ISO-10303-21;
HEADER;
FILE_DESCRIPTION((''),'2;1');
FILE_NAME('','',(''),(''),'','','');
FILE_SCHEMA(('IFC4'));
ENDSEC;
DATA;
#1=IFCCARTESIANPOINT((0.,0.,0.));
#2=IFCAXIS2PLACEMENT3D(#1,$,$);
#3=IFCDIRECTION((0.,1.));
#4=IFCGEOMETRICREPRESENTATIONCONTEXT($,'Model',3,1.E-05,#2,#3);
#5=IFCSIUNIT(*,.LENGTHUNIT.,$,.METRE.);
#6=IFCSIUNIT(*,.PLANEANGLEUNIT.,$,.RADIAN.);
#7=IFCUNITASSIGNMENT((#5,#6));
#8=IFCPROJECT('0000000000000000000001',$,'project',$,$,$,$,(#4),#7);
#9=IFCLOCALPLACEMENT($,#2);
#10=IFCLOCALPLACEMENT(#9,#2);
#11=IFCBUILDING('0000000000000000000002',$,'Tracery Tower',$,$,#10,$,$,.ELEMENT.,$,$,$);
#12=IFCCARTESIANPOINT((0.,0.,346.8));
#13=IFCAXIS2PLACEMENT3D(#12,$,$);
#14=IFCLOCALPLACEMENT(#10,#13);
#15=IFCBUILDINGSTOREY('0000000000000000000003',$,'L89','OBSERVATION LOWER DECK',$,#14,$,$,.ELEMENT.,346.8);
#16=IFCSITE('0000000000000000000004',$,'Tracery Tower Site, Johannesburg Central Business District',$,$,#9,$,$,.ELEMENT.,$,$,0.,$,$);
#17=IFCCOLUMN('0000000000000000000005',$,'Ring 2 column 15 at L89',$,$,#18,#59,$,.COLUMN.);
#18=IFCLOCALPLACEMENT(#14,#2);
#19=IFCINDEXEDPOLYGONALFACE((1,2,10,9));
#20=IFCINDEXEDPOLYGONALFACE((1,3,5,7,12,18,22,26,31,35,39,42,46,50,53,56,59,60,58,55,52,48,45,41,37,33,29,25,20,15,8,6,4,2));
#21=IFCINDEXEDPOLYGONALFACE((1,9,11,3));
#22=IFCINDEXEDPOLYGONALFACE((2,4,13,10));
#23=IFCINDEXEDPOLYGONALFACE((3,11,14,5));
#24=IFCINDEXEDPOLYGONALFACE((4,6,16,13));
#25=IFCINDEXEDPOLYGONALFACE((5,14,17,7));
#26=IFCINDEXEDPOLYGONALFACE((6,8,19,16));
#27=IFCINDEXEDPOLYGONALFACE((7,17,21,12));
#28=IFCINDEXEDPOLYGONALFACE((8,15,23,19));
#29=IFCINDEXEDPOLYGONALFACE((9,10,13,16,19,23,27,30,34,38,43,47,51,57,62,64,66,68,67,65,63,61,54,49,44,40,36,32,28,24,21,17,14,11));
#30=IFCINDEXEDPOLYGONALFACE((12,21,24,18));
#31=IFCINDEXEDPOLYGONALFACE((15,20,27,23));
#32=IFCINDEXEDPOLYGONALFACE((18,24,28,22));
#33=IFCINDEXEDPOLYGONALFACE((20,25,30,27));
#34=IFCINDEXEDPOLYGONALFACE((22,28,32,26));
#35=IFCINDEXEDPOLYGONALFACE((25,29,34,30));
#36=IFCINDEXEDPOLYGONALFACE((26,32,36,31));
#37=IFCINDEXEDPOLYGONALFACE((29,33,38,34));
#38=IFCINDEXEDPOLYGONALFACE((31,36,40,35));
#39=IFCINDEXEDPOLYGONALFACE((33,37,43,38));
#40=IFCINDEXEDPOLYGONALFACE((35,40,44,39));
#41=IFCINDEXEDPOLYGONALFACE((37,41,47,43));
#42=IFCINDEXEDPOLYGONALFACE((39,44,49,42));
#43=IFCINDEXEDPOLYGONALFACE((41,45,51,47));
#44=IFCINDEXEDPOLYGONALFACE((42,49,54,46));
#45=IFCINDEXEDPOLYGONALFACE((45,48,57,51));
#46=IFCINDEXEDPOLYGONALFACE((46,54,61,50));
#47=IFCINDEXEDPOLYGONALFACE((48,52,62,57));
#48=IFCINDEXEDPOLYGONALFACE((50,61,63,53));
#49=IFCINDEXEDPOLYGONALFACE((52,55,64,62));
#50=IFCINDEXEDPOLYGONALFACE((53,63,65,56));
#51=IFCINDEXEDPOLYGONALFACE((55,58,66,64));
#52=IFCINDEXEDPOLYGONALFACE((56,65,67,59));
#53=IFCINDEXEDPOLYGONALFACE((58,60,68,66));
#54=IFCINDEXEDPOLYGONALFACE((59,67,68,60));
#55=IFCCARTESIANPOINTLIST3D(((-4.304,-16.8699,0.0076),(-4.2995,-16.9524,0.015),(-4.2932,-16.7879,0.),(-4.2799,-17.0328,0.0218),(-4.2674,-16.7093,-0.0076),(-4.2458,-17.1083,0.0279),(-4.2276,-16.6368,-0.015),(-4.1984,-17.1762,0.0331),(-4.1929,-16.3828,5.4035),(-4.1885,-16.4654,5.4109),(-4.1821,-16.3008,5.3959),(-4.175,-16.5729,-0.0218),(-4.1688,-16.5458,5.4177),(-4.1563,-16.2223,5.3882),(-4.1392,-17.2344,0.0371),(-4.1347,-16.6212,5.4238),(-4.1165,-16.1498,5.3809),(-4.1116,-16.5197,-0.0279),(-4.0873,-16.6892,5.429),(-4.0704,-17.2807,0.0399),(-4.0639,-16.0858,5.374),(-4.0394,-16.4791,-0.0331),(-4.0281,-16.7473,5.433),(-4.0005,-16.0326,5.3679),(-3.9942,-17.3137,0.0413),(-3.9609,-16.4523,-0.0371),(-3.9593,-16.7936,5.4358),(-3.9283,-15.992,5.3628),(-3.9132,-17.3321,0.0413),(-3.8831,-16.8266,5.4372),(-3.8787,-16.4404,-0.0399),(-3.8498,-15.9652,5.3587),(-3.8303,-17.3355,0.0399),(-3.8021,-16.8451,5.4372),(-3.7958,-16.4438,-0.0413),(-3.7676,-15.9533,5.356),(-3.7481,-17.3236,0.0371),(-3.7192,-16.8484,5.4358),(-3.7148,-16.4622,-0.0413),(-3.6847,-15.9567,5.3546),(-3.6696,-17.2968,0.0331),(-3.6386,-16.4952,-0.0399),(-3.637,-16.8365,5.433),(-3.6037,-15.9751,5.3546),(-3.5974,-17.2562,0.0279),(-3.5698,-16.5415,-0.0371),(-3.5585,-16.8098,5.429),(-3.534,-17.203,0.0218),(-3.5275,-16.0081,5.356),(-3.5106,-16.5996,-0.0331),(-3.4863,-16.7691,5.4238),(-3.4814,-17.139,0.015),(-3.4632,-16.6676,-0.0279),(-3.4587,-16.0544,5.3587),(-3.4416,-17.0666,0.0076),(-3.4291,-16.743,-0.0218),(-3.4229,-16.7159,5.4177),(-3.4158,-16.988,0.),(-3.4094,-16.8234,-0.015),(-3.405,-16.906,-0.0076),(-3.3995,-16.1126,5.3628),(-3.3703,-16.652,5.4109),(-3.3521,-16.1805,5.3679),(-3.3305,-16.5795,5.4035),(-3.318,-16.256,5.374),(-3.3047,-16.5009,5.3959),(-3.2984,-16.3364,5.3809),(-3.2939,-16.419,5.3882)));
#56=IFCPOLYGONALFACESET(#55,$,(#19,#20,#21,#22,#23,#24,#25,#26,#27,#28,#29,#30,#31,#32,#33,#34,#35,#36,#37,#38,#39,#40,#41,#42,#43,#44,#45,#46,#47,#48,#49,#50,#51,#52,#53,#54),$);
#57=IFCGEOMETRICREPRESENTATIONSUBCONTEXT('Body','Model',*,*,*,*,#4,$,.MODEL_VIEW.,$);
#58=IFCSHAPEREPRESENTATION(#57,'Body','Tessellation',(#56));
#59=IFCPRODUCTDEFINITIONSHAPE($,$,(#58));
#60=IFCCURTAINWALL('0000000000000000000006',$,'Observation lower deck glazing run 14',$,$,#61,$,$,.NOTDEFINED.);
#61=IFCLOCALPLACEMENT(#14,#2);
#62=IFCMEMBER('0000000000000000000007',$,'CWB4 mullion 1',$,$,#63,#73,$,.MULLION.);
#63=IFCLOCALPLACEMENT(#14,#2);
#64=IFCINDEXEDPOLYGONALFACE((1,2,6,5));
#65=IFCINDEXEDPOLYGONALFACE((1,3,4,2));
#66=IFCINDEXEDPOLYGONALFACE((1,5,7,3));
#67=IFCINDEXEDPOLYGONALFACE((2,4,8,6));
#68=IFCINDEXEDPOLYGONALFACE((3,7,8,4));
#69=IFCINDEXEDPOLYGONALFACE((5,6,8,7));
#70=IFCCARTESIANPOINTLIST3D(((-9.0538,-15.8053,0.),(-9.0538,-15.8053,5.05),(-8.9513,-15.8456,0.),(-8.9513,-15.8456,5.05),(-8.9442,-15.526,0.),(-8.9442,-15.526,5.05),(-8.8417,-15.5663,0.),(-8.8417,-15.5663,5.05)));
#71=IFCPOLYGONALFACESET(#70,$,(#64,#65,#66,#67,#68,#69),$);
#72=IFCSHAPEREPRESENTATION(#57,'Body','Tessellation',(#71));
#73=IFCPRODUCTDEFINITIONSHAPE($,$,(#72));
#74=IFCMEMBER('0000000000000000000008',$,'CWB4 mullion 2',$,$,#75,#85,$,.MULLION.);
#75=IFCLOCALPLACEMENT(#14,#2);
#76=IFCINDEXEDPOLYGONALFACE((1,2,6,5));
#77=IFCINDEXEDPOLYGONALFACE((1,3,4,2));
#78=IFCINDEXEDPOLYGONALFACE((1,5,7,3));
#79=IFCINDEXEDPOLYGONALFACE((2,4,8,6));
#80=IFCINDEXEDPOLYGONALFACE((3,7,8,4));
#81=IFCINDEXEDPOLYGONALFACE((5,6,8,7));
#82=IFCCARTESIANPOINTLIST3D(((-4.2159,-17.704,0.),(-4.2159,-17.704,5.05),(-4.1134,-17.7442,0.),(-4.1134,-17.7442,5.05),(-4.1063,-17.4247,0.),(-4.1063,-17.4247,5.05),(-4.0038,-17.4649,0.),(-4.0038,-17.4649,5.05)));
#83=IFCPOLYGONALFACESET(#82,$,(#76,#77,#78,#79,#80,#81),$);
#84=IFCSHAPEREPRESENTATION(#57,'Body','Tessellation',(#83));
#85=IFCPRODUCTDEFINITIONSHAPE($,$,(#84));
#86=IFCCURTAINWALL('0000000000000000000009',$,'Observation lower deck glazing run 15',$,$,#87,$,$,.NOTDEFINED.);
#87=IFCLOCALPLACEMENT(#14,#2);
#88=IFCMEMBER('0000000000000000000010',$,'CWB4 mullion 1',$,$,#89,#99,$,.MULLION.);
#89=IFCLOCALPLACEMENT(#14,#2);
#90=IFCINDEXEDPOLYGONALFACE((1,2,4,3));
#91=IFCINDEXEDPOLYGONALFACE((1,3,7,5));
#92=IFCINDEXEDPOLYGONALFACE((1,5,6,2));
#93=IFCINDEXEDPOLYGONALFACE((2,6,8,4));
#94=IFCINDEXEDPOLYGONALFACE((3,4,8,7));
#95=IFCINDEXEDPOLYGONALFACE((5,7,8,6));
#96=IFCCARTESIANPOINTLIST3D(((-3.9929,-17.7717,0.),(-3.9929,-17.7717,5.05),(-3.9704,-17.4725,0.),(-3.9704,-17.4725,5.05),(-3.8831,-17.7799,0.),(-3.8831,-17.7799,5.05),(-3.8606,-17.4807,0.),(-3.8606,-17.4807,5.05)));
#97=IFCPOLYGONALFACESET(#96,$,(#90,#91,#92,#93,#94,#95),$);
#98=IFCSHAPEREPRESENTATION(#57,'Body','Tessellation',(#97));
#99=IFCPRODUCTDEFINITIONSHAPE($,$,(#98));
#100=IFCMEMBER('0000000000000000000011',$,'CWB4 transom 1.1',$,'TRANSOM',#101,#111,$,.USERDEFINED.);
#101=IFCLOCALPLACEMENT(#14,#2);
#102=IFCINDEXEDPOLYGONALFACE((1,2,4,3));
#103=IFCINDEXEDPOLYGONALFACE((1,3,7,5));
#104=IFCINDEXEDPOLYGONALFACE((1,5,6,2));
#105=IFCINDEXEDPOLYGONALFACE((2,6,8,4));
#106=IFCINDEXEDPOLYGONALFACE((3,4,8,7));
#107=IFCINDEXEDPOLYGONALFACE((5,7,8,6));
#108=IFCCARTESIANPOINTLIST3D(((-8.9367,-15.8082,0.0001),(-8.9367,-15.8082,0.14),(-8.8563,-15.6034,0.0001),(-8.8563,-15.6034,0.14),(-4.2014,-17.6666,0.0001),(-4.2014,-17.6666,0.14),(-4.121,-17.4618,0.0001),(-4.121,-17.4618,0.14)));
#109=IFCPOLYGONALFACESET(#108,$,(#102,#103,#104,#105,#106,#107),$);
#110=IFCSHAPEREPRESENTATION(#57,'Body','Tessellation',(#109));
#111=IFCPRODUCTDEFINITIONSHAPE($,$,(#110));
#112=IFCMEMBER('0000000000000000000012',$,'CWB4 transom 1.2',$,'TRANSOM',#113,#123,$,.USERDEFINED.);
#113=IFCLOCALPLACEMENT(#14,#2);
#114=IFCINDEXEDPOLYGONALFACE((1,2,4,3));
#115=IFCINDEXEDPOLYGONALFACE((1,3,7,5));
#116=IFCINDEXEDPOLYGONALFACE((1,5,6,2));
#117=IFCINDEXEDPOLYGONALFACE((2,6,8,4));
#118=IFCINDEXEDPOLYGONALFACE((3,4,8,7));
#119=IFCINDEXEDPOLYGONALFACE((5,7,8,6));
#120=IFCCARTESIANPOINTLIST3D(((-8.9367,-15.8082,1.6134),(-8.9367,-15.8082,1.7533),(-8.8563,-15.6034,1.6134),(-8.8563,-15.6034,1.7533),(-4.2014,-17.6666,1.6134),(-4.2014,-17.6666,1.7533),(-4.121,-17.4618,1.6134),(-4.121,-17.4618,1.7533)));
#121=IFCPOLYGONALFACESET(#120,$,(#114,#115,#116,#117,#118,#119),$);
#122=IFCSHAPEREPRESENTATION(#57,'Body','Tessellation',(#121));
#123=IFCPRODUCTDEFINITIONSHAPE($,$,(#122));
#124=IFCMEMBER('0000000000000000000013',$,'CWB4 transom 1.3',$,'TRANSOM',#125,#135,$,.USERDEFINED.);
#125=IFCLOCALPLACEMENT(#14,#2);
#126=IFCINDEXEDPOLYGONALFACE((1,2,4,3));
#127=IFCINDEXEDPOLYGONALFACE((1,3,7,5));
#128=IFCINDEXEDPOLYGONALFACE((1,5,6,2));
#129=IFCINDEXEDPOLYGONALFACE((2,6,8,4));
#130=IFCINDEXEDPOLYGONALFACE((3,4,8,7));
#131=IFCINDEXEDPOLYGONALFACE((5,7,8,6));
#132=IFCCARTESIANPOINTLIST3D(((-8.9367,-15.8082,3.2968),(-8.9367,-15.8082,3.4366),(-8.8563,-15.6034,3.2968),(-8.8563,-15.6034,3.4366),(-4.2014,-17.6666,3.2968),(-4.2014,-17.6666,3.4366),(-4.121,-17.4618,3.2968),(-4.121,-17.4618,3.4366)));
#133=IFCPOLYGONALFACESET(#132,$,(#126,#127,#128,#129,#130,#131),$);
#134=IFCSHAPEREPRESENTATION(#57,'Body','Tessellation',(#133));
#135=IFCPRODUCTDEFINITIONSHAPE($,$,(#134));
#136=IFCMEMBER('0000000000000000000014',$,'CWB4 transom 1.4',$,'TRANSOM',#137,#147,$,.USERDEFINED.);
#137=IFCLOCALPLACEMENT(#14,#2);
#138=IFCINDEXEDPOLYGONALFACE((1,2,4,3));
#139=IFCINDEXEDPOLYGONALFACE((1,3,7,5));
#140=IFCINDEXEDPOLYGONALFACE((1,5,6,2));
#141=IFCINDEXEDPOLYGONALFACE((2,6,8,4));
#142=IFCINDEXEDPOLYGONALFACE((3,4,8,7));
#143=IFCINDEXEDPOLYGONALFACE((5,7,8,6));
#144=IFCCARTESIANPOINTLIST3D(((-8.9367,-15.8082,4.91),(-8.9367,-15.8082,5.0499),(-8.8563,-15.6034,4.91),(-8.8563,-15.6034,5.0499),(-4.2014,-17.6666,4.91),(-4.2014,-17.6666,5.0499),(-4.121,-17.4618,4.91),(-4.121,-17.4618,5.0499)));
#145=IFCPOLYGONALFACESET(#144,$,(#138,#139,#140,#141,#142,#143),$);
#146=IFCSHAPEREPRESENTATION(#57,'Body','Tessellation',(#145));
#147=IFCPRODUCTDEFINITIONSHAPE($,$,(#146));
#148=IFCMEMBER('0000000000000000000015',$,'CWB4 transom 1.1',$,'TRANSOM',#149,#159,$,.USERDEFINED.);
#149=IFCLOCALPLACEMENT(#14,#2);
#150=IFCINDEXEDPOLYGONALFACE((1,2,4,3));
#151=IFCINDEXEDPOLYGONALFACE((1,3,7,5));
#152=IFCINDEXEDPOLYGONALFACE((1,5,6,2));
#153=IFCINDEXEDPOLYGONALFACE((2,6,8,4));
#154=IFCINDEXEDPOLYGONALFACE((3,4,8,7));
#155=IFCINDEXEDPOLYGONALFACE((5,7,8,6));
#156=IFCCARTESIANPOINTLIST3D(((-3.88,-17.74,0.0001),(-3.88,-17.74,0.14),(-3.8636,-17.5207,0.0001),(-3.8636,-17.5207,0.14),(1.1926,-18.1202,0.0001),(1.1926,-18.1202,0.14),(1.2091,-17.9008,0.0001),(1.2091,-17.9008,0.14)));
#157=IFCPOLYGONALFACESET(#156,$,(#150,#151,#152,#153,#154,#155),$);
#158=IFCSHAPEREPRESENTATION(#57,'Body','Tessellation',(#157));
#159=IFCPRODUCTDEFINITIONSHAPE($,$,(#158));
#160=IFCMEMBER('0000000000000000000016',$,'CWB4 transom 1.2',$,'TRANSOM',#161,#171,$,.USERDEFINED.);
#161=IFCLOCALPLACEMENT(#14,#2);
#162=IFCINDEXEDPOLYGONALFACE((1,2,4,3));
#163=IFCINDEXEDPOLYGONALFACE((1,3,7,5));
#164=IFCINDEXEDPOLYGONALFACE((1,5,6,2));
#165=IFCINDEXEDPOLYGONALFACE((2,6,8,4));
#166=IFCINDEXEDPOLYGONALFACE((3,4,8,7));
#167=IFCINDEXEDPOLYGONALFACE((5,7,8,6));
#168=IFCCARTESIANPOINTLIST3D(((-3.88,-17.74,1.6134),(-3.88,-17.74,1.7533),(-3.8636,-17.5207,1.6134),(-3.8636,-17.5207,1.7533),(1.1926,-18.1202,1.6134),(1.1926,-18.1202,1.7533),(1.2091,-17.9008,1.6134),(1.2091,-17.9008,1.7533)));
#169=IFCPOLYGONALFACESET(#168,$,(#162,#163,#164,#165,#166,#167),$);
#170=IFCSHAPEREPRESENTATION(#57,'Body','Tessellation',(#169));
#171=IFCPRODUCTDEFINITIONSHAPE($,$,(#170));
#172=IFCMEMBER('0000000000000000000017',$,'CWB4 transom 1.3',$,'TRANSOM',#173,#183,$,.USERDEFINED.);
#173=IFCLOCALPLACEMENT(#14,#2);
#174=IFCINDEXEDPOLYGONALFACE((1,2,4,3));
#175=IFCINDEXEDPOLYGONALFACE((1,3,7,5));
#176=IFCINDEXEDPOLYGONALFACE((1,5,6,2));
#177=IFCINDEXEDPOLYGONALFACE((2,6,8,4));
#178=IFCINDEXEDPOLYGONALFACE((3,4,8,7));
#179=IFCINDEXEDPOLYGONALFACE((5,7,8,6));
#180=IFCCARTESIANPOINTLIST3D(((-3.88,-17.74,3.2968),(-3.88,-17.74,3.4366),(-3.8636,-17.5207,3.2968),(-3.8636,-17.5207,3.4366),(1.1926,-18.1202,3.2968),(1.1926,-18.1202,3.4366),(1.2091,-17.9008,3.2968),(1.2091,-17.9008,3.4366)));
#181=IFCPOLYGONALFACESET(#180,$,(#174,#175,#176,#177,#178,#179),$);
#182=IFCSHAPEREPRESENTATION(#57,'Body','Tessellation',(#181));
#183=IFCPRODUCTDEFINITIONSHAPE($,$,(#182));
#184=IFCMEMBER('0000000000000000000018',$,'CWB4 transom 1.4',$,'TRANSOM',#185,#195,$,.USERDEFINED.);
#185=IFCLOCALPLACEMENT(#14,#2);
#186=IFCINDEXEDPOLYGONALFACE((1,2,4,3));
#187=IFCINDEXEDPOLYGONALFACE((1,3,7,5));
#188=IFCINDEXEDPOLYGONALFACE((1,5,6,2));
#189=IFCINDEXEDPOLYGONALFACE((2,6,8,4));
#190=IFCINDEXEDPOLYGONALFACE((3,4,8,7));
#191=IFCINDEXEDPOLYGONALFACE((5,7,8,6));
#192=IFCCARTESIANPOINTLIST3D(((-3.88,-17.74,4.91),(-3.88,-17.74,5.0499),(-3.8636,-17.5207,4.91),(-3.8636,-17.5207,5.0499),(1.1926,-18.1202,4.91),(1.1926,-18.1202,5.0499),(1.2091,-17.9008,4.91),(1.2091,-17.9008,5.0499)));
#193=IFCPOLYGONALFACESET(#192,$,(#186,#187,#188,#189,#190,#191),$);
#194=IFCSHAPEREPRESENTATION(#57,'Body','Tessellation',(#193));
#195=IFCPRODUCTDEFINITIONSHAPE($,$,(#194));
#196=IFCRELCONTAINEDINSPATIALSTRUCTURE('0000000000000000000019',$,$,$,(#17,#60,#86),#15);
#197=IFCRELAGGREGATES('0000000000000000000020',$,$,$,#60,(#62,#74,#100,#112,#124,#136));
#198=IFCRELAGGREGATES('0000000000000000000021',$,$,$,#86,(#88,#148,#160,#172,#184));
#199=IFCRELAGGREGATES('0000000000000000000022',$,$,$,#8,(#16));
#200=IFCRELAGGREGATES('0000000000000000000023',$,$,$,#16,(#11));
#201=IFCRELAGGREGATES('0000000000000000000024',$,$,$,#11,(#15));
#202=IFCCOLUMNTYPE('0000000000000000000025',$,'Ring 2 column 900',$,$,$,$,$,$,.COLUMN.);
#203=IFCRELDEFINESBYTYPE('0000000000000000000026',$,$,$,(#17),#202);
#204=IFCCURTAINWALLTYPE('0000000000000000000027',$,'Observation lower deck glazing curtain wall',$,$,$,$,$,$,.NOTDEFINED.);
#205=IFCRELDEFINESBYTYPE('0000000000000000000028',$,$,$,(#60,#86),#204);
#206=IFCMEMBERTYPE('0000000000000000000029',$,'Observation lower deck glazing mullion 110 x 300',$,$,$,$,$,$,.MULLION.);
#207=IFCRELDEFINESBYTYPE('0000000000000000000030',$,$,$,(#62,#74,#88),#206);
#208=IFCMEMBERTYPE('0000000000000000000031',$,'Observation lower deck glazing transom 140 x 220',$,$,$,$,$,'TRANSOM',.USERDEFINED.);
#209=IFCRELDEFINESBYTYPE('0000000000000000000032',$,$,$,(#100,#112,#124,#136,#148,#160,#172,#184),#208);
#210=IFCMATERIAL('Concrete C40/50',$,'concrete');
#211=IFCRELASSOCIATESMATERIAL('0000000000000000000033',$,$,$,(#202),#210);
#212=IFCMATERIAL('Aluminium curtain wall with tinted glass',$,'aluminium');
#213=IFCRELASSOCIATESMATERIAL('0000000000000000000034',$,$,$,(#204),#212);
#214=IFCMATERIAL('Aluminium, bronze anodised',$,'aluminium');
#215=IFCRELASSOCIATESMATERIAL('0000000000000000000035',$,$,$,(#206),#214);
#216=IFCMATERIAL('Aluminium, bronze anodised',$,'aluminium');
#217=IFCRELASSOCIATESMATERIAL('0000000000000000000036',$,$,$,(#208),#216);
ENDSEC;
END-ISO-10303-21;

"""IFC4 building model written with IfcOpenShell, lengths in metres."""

from ifc_helpers import new_model, si_unit, direction, frame, origin, origin_2d, place, context, subcontext, project, spatial, rectangle, circle, extrude, material, material_profile, profile_set, type_object, element, aggregate, save


model = new_model("IFC4")

# Units and contexts
model_context = context("Model", 3, precision=1e-05, world=origin(), true_north=direction((0.0, 1.0)))
body_context = subcontext(model_context, "Body", "Model", "MODEL_VIEW")
ifc_project = project(units=[si_unit("LENGTHUNIT", "METRE"), si_unit("PLANEANGLEUNIT", "RADIAN")], contexts=[model_context])

# Site, building, storey
site_placement = place(None, origin())
site = spatial("IfcSite", under=ifc_project, at=site_placement, Name="Tracery Tower Site, Johannesburg Central Business District", CompositionType="ELEMENT", RefElevation=0.0)
building_placement = place(site_placement, origin())
building = spatial("IfcBuilding", under=site, at=building_placement, Name="Tracery Tower", CompositionType="ELEMENT")
storey_placement = place(building_placement, frame((0.0, 0.0, 346.8)))
storey = spatial("IfcBuildingStorey", under=building, at=storey_placement, Name="L89", Description="OBSERVATION LOWER DECK", CompositionType="ELEMENT", Elevation=346.8)

# Column
ifc_material_1 = material(Name="Concrete C40/50", Category="concrete")
ifc_material_profile_1 = material_profile(ifc_material_1, circle(Radius=0.45, at=origin_2d()), Name="RC D900")
ifc_profile_set_1 = profile_set([ifc_material_profile_1], Name="Concrete C40/50")
column_type = type_object("IfcColumnType", Name="Ring 2 column 900", PredefinedType="COLUMN", material=ifc_profile_set_1)
column_placement = place(storey_placement, frame((-3.8545, -16.8879, 0.0), z_axis=(0.0205, 0.089883, 0.995741), x_axis=(-0.974965, 0.22236, 0.0)))
element("IfcColumn", 1, at=column_placement, inside=storey, type_object=column_type, Name="Ring 2 column 15 at L89", PredefinedType="COLUMN", context=body_context, shape_type="SweptSolid", body=[
    extrude(circle(Radius=0.45, at=origin_2d()), origin(), (0.0, 0.0, 1.0), 5.4189),
])

# Curtain wall, members
ifc_material_2 = material(Name="Aluminium curtain wall with tinted glass", Category="aluminium")
curtain_wall_type = type_object("IfcCurtainWallType", Name="Observation lower deck glazing curtain wall", PredefinedType="NOTDEFINED", material=ifc_material_2)
curtain_wall_1_placement = place(storey_placement, origin())
curtain_wall_1 = element("IfcCurtainWall", 2, at=curtain_wall_1_placement, inside=storey, type_object=curtain_wall_type, Name="Observation lower deck glazing run 14", PredefinedType="NOTDEFINED")
ifc_material_3 = material(Name="Aluminium, bronze anodised", Category="aluminium")
ifc_material_profile_2 = material_profile(ifc_material_3, rectangle(XDim=0.3, YDim=0.1101, at=origin_2d()), Name="Observation lower deck glazing mullion 110 x 300")
ifc_profile_set_2 = profile_set([ifc_material_profile_2], Name="Aluminium, bronze anodised")
member_type_1 = type_object("IfcMemberType", Name="Observation lower deck glazing mullion 110 x 300", PredefinedType="MULLION", material=ifc_profile_set_2)
member_1_placement = place(storey_placement, frame((-8.9478, -15.6858, 0.0), z_axis=(0.0, 0.0, 1.0), x_axis=(0.365343, 0.930873, 0.0)))
member_1 = element("IfcMember", 3, at=member_1_placement, type_object=member_type_1, Name="CWB4 mullion 1", PredefinedType="MULLION", context=body_context, shape_type="SweptSolid", body=[
    extrude(rectangle(XDim=0.3, YDim=0.1101, at=origin_2d()), origin(), (0.0, 0.0, 1.0), 5.05),
])
member_2_placement = place(storey_placement, frame((-4.1099, -17.5845, 0.0), z_axis=(0.0, 0.0, 1.0), x_axis=(0.365343, 0.930873, 0.0)))
member_2 = element("IfcMember", 4, at=member_2_placement, type_object=member_type_1, Name="CWB4 mullion 2", PredefinedType="MULLION", context=body_context, shape_type="SweptSolid", body=[
    extrude(rectangle(XDim=0.3, YDim=0.1101, at=origin_2d()), origin(), (0.0, 0.0, 1.0), 5.05),
])

# Curtain wall, member
curtain_wall_2_placement = place(storey_placement, origin())
curtain_wall_2 = element("IfcCurtainWall", 5, at=curtain_wall_2_placement, inside=storey, type_object=curtain_wall_type, Name="Observation lower deck glazing run 15", PredefinedType="NOTDEFINED")
member_3_placement = place(storey_placement, frame((-3.9268, -17.6262, 0.0), z_axis=(0.0, 0.0, 1.0), x_axis=(0.074731, 0.997204, 0.0)))
member_3 = element("IfcMember", 6, at=member_3_placement, type_object=member_type_1, Name="CWB4 mullion 1", PredefinedType="MULLION", context=body_context, shape_type="SweptSolid", body=[
    extrude(rectangle(XDim=0.3, YDim=0.1101, at=origin_2d()), origin(), (0.0, 0.0, 1.0), 5.05),
])

# Members
ifc_material_4 = material(Name="Aluminium, bronze anodised", Category="aluminium")
ifc_material_profile_3 = material_profile(ifc_material_4, rectangle(XDim=0.22, YDim=0.1399, at=origin_2d()), Name="Observation lower deck glazing transom 140 x 220")
ifc_profile_set_3 = profile_set([ifc_material_profile_3], Name="Aluminium, bronze anodised")
member_type_2 = type_object("IfcMemberType", Name="Observation lower deck glazing transom 140 x 220", ElementType="TRANSOM", PredefinedType="USERDEFINED", material=ifc_profile_set_3)
member_4_placement = place(storey_placement, frame((-8.8965, -15.7058, 0.0701), z_axis=(0.93088, -0.365326, 0.0), x_axis=(0.365326, 0.93088, 0.0)))
member_4 = element("IfcMember", 7, at=member_4_placement, type_object=member_type_2, Name="CWB4 transom 1.1", ObjectType="TRANSOM", PredefinedType="USERDEFINED", context=body_context, shape_type="SweptSolid", body=[
    extrude(rectangle(XDim=0.22, YDim=0.1399, at=origin_2d()), origin(), (0.0, 0.0, 1.0), 5.0869),
])
member_5_placement = place(storey_placement, frame((-8.8965, -15.7058, 1.6833), z_axis=(0.93088, -0.365326, 0.0), x_axis=(0.365326, 0.93088, 0.0)))
member_5 = element("IfcMember", 8, at=member_5_placement, type_object=member_type_2, Name="CWB4 transom 1.2", ObjectType="TRANSOM", PredefinedType="USERDEFINED", context=body_context, shape_type="SweptSolid", body=[
    extrude(rectangle(XDim=0.22, YDim=0.1399, at=origin_2d()), origin(), (0.0, 0.0, 1.0), 5.0869),
])
member_6_placement = place(storey_placement, frame((-8.8965, -15.7058, 3.3667), z_axis=(0.93088, -0.365326, 0.0), x_axis=(0.365326, 0.93088, 0.0)))
member_6 = element("IfcMember", 9, at=member_6_placement, type_object=member_type_2, Name="CWB4 transom 1.3", ObjectType="TRANSOM", PredefinedType="USERDEFINED", context=body_context, shape_type="SweptSolid", body=[
    extrude(rectangle(XDim=0.22, YDim=0.1399, at=origin_2d()), origin(), (0.0, 0.0, 1.0), 5.0869),
])
member_7_placement = place(storey_placement, frame((-8.8965, -15.7058, 4.98), z_axis=(0.93088, -0.365326, 0.0), x_axis=(0.365326, 0.93088, 0.0)))
member_7 = element("IfcMember", 10, at=member_7_placement, type_object=member_type_2, Name="CWB4 transom 1.4", ObjectType="TRANSOM", PredefinedType="USERDEFINED", context=body_context, shape_type="SweptSolid", body=[
    extrude(rectangle(XDim=0.22, YDim=0.1399, at=origin_2d()), origin(), (0.0, 0.0, 1.0), 5.0869),
])
member_8_placement = place(storey_placement, frame((-3.8718, -17.6304, 0.0701), z_axis=(0.997204, -0.074726, 0.0), x_axis=(0.074726, 0.997204, 0.0)))
member_8 = element("IfcMember", 11, at=member_8_placement, type_object=member_type_2, Name="CWB4 transom 1.1", ObjectType="TRANSOM", PredefinedType="USERDEFINED", context=body_context, shape_type="SweptSolid", body=[
    extrude(rectangle(XDim=0.22, YDim=0.1399, at=origin_2d()), origin(), (0.0, 0.0, 1.0), 5.0869),
])
member_9_placement = place(storey_placement, frame((-3.8718, -17.6304, 1.6833), z_axis=(0.997204, -0.074726, 0.0), x_axis=(0.074726, 0.997204, 0.0)))
member_9 = element("IfcMember", 12, at=member_9_placement, type_object=member_type_2, Name="CWB4 transom 1.2", ObjectType="TRANSOM", PredefinedType="USERDEFINED", context=body_context, shape_type="SweptSolid", body=[
    extrude(rectangle(XDim=0.22, YDim=0.1399, at=origin_2d()), origin(), (0.0, 0.0, 1.0), 5.0869),
])
member_10_placement = place(storey_placement, frame((-3.8718, -17.6304, 3.3667), z_axis=(0.997204, -0.074726, 0.0), x_axis=(0.074726, 0.997204, 0.0)))
member_10 = element("IfcMember", 13, at=member_10_placement, type_object=member_type_2, Name="CWB4 transom 1.3", ObjectType="TRANSOM", PredefinedType="USERDEFINED", context=body_context, shape_type="SweptSolid", body=[
    extrude(rectangle(XDim=0.22, YDim=0.1399, at=origin_2d()), origin(), (0.0, 0.0, 1.0), 5.0869),
])
member_11_placement = place(storey_placement, frame((-3.8718, -17.6304, 4.98), z_axis=(0.997204, -0.074726, 0.0), x_axis=(0.074726, 0.997204, 0.0)))
member_11 = element("IfcMember", 14, at=member_11_placement, type_object=member_type_2, Name="CWB4 transom 1.4", ObjectType="TRANSOM", PredefinedType="USERDEFINED", context=body_context, shape_type="SweptSolid", body=[
    extrude(rectangle(XDim=0.22, YDim=0.1399, at=origin_2d()), origin(), (0.0, 0.0, 1.0), 5.0869),
])

aggregate(curtain_wall_1, [member_1, member_2, member_4, member_5, member_6, member_7])
aggregate(curtain_wall_2, [member_3, member_8, member_9, member_10, member_11])

save(model, "model.ifc")
